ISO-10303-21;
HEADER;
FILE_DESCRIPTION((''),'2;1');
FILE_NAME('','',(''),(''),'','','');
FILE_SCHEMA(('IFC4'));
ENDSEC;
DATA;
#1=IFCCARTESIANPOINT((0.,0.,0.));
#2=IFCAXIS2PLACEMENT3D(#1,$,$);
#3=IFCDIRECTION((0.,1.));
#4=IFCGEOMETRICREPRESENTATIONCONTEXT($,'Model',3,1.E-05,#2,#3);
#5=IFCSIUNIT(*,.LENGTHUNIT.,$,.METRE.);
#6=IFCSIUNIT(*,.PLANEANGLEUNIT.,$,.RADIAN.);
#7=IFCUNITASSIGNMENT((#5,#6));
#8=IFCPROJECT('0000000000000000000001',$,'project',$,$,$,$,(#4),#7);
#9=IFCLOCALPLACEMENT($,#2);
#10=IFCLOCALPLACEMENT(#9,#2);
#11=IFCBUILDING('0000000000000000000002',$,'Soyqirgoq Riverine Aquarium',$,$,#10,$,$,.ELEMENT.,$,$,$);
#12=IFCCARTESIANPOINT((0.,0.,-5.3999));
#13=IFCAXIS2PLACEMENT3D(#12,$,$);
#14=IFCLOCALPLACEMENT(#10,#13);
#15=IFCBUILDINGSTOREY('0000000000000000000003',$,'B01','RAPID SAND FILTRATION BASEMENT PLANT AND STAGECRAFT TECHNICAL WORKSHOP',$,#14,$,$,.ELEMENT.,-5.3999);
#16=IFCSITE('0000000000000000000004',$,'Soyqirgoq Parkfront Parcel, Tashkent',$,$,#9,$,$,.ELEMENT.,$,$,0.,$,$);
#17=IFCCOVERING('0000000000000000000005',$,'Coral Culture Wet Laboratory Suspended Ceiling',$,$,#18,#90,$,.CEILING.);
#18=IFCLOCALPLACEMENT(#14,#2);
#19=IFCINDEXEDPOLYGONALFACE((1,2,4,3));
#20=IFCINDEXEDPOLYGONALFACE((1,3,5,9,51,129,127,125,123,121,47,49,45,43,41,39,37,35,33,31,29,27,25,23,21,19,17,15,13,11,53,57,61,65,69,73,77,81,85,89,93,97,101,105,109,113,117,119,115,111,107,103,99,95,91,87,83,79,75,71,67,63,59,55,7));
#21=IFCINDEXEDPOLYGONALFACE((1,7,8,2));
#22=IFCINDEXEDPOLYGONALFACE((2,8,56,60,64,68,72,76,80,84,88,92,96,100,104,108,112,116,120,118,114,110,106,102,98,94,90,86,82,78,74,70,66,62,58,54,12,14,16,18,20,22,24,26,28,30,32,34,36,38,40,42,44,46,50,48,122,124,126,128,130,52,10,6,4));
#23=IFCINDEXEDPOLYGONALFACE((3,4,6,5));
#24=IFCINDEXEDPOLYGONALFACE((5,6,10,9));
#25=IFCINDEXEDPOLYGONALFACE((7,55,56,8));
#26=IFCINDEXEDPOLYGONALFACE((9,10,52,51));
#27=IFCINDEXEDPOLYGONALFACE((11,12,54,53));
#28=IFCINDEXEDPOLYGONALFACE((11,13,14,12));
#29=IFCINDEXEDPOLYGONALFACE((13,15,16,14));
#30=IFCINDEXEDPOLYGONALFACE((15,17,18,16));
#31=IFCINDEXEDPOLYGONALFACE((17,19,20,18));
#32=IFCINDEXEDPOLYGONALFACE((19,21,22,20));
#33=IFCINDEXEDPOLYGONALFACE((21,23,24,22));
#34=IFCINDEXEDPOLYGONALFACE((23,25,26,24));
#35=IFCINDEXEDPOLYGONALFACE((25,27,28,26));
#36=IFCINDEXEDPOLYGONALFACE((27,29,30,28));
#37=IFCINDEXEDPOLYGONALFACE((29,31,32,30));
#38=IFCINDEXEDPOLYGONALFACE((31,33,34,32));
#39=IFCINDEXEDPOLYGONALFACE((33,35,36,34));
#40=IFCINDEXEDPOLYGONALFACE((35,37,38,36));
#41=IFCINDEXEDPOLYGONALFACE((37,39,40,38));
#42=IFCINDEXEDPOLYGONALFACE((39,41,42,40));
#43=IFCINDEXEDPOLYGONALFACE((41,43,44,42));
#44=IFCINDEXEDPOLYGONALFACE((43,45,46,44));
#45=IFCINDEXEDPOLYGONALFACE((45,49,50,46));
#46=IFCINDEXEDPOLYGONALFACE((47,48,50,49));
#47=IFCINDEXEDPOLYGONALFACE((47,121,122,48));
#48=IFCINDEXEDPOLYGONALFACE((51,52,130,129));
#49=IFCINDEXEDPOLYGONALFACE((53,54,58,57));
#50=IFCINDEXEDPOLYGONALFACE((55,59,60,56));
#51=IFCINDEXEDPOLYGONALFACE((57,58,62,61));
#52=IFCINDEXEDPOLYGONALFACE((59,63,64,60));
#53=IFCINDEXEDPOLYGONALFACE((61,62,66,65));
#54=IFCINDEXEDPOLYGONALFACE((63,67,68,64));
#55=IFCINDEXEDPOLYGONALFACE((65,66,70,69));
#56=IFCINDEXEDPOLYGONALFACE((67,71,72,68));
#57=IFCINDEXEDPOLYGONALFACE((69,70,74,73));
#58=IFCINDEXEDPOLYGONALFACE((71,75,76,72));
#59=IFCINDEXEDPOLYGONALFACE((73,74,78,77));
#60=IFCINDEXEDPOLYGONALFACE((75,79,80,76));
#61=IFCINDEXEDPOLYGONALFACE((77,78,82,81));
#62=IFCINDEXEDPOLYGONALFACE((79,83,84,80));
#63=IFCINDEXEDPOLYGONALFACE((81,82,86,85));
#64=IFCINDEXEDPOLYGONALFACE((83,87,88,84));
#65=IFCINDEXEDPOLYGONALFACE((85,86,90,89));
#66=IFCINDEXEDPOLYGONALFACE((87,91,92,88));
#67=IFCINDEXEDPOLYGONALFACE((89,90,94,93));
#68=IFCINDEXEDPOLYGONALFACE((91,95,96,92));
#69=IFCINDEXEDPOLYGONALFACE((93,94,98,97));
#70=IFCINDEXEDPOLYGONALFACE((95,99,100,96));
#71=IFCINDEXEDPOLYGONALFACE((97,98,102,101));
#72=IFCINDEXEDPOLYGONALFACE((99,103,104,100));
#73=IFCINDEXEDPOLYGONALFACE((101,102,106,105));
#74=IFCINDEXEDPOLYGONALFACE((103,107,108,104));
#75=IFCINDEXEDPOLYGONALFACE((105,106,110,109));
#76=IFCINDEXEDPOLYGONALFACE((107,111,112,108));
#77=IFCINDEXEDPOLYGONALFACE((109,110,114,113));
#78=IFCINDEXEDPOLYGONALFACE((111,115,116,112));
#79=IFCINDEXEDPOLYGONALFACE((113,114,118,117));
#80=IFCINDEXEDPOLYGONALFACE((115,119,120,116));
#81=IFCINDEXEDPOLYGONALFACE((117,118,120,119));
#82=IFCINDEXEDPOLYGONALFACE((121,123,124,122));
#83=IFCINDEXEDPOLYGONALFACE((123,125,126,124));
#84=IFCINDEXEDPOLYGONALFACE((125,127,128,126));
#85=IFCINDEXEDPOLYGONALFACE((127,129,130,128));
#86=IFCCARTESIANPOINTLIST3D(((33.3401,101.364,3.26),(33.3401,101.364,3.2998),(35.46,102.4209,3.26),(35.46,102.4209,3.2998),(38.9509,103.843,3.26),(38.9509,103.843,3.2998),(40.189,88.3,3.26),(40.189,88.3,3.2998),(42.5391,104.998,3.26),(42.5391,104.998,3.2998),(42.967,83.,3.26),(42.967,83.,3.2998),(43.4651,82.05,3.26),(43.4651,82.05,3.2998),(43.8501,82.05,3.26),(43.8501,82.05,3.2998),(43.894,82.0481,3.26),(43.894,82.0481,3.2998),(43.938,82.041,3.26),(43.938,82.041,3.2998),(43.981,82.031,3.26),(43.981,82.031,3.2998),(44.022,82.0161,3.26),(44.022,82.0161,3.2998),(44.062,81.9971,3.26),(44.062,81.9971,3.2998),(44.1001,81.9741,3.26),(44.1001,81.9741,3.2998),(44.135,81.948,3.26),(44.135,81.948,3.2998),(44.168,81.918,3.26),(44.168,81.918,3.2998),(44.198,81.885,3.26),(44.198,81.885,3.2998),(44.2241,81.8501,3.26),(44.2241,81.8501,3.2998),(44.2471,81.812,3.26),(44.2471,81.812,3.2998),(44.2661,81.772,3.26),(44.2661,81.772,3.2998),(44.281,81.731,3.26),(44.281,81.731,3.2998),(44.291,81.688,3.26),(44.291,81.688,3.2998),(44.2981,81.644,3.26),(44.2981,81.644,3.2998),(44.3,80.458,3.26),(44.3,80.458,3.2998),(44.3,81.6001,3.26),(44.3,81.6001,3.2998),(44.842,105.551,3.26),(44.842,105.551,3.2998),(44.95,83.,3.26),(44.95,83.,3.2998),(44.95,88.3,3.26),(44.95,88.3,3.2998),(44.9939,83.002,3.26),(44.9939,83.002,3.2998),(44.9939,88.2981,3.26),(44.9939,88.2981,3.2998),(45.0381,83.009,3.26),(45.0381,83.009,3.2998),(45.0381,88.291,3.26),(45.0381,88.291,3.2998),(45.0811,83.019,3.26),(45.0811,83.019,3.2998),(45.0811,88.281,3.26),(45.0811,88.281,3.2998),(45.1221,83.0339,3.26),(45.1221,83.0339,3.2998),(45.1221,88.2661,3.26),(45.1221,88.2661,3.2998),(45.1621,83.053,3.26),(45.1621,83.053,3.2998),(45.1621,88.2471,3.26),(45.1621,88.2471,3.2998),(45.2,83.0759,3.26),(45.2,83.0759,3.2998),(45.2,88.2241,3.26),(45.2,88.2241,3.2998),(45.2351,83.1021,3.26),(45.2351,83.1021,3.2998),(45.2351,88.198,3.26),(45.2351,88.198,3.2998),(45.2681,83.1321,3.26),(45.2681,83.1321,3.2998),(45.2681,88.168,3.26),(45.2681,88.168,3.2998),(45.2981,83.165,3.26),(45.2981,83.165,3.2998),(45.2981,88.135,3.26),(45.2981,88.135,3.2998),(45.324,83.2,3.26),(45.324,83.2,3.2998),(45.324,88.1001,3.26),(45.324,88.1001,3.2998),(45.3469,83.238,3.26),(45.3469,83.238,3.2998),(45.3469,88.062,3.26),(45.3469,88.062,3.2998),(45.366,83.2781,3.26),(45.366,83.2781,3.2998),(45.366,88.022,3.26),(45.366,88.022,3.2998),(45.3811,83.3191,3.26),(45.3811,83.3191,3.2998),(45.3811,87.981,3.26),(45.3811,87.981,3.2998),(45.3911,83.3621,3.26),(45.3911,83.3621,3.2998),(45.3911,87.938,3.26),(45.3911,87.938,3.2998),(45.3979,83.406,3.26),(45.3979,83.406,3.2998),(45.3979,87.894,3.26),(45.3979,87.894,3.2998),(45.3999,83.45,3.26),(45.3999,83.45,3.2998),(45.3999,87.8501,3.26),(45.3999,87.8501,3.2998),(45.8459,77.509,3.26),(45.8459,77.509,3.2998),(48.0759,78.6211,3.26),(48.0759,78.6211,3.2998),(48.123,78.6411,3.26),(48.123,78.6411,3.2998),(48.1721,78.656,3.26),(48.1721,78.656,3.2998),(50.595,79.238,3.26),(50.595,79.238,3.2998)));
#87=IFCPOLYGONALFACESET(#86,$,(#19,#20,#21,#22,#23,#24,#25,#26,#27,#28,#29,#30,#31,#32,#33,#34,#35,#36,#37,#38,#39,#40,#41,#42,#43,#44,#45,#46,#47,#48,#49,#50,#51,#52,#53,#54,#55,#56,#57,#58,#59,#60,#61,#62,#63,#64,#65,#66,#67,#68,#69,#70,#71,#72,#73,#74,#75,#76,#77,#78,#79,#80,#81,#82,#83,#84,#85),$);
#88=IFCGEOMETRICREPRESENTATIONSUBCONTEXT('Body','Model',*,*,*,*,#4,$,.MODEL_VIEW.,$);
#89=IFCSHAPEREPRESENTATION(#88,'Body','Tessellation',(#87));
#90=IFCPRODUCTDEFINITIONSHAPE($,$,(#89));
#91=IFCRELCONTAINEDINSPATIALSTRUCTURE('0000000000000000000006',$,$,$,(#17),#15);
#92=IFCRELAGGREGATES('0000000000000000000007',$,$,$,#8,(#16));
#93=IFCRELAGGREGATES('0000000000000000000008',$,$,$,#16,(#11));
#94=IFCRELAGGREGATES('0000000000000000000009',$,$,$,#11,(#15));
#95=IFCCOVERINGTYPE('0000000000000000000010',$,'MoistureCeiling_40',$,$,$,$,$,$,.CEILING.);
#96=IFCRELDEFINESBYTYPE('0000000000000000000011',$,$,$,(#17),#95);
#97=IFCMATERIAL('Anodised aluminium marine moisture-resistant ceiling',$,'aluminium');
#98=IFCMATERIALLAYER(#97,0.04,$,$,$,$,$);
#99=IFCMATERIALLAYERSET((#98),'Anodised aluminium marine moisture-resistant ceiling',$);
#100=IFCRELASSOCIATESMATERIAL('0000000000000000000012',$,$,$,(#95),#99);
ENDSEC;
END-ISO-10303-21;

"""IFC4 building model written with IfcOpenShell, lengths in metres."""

from ifc_helpers import new_model, si_unit, direction, frame, origin, place, context, subcontext, project, spatial, polyline, outline, extrude, material, layer, layer_set, type_object, element, save


model = new_model("IFC4")

# Units and contexts
model_context = context("Model", 3, precision=1e-05, world=origin(), true_north=direction((0.0, 1.0)))
body_context = subcontext(model_context, "Body", "Model", "MODEL_VIEW")
ifc_project = project(units=[si_unit("LENGTHUNIT", "METRE"), si_unit("PLANEANGLEUNIT", "RADIAN")], contexts=[model_context])

# Site, building, storey
site_placement = place(None, origin())
site = spatial("IfcSite", under=ifc_project, at=site_placement, Name="Soyqirgoq Parkfront Parcel, Tashkent", CompositionType="ELEMENT", RefElevation=0.0)
building_placement = place(site_placement, origin())
building = spatial("IfcBuilding", under=site, at=building_placement, Name="Soyqirgoq Riverine Aquarium", CompositionType="ELEMENT")
storey_placement = place(building_placement, frame((0.0, 0.0, -5.3999)))
storey = spatial("IfcBuildingStorey", under=building, at=storey_placement, Name="B01", Description="RAPID SAND FILTRATION BASEMENT PLANT AND STAGECRAFT TECHNICAL WORKSHOP", CompositionType="ELEMENT", Elevation=-5.3999)

# Covering
ifc_material_1 = material(Name="Anodised aluminium marine moisture-resistant ceiling", Category="aluminium")
ifc_layer_1 = layer(ifc_material_1, 0.04)
ifc_layer_set_1 = layer_set([ifc_layer_1], Name="Anodised aluminium marine moisture-resistant ceiling")
covering_type_1 = type_object("IfcCoveringType", Name="MoistureCeiling_40", PredefinedType="CEILING", material=ifc_layer_set_1)
covering_1_placement = place(storey_placement, frame((0.0, 0.0, 3.26)))
element("IfcCovering", 1, at=covering_1_placement, inside=storey, type_object=covering_type_1, Name="Coral Culture Wet Laboratory Suspended Ceiling", PredefinedType="CEILING", context=body_context, shape_type="SweptSolid", body=[
    extrude(outline(polyline([(35.46, 102.4209), (38.9509, 103.843), (42.5391, 104.998), (44.842, 105.551), (50.595, 79.238), (48.1721, 78.656), (48.123, 78.6411), (48.0759, 78.6211), (45.8459, 77.509), (44.3, 80.458), (44.3, 81.6001), (44.2981, 81.644), (44.291, 81.688), (44.281, 81.731), (44.2661, 81.772), (44.2471, 81.812), (44.2241, 81.8501), (44.198, 81.885), (44.168, 81.918), (44.135, 81.948), (44.1001, 81.9741), (44.062, 81.9971), (44.022, 82.0161), (43.981, 82.031), (43.938, 82.041), (43.894, 82.0481), (43.8501, 82.05), (43.4651, 82.05), (42.967, 83.0), (44.95, 83.0), (44.9939, 83.002), (45.0381, 83.009), (45.0811, 83.019), (45.1221, 83.0339), (45.1621, 83.053), (45.2, 83.0759), (45.2351, 83.1021), (45.2681, 83.1321), (45.2981, 83.165), (45.324, 83.2), (45.3469, 83.238), (45.366, 83.2781), (45.3811, 83.3191), (45.3911, 83.3621), (45.3979, 83.406), (45.3999, 83.45), (45.3999, 87.8501), (45.3979, 87.894), (45.3911, 87.938), (45.3811, 87.981), (45.366, 88.022), (45.3469, 88.062), (45.324, 88.1001), (45.2981, 88.135), (45.2681, 88.168), (45.2351, 88.198), (45.2, 88.2241), (45.1621, 88.2471), (45.1221, 88.2661), (45.0811, 88.281), (45.0381, 88.291), (44.9939, 88.2981), (44.95, 88.3), (40.189, 88.3), (33.3401, 101.364), (35.46, 102.4209)])), origin(), (0.0, 0.0, 1.0), 0.0398),
])

save(model, "model.ifc")
